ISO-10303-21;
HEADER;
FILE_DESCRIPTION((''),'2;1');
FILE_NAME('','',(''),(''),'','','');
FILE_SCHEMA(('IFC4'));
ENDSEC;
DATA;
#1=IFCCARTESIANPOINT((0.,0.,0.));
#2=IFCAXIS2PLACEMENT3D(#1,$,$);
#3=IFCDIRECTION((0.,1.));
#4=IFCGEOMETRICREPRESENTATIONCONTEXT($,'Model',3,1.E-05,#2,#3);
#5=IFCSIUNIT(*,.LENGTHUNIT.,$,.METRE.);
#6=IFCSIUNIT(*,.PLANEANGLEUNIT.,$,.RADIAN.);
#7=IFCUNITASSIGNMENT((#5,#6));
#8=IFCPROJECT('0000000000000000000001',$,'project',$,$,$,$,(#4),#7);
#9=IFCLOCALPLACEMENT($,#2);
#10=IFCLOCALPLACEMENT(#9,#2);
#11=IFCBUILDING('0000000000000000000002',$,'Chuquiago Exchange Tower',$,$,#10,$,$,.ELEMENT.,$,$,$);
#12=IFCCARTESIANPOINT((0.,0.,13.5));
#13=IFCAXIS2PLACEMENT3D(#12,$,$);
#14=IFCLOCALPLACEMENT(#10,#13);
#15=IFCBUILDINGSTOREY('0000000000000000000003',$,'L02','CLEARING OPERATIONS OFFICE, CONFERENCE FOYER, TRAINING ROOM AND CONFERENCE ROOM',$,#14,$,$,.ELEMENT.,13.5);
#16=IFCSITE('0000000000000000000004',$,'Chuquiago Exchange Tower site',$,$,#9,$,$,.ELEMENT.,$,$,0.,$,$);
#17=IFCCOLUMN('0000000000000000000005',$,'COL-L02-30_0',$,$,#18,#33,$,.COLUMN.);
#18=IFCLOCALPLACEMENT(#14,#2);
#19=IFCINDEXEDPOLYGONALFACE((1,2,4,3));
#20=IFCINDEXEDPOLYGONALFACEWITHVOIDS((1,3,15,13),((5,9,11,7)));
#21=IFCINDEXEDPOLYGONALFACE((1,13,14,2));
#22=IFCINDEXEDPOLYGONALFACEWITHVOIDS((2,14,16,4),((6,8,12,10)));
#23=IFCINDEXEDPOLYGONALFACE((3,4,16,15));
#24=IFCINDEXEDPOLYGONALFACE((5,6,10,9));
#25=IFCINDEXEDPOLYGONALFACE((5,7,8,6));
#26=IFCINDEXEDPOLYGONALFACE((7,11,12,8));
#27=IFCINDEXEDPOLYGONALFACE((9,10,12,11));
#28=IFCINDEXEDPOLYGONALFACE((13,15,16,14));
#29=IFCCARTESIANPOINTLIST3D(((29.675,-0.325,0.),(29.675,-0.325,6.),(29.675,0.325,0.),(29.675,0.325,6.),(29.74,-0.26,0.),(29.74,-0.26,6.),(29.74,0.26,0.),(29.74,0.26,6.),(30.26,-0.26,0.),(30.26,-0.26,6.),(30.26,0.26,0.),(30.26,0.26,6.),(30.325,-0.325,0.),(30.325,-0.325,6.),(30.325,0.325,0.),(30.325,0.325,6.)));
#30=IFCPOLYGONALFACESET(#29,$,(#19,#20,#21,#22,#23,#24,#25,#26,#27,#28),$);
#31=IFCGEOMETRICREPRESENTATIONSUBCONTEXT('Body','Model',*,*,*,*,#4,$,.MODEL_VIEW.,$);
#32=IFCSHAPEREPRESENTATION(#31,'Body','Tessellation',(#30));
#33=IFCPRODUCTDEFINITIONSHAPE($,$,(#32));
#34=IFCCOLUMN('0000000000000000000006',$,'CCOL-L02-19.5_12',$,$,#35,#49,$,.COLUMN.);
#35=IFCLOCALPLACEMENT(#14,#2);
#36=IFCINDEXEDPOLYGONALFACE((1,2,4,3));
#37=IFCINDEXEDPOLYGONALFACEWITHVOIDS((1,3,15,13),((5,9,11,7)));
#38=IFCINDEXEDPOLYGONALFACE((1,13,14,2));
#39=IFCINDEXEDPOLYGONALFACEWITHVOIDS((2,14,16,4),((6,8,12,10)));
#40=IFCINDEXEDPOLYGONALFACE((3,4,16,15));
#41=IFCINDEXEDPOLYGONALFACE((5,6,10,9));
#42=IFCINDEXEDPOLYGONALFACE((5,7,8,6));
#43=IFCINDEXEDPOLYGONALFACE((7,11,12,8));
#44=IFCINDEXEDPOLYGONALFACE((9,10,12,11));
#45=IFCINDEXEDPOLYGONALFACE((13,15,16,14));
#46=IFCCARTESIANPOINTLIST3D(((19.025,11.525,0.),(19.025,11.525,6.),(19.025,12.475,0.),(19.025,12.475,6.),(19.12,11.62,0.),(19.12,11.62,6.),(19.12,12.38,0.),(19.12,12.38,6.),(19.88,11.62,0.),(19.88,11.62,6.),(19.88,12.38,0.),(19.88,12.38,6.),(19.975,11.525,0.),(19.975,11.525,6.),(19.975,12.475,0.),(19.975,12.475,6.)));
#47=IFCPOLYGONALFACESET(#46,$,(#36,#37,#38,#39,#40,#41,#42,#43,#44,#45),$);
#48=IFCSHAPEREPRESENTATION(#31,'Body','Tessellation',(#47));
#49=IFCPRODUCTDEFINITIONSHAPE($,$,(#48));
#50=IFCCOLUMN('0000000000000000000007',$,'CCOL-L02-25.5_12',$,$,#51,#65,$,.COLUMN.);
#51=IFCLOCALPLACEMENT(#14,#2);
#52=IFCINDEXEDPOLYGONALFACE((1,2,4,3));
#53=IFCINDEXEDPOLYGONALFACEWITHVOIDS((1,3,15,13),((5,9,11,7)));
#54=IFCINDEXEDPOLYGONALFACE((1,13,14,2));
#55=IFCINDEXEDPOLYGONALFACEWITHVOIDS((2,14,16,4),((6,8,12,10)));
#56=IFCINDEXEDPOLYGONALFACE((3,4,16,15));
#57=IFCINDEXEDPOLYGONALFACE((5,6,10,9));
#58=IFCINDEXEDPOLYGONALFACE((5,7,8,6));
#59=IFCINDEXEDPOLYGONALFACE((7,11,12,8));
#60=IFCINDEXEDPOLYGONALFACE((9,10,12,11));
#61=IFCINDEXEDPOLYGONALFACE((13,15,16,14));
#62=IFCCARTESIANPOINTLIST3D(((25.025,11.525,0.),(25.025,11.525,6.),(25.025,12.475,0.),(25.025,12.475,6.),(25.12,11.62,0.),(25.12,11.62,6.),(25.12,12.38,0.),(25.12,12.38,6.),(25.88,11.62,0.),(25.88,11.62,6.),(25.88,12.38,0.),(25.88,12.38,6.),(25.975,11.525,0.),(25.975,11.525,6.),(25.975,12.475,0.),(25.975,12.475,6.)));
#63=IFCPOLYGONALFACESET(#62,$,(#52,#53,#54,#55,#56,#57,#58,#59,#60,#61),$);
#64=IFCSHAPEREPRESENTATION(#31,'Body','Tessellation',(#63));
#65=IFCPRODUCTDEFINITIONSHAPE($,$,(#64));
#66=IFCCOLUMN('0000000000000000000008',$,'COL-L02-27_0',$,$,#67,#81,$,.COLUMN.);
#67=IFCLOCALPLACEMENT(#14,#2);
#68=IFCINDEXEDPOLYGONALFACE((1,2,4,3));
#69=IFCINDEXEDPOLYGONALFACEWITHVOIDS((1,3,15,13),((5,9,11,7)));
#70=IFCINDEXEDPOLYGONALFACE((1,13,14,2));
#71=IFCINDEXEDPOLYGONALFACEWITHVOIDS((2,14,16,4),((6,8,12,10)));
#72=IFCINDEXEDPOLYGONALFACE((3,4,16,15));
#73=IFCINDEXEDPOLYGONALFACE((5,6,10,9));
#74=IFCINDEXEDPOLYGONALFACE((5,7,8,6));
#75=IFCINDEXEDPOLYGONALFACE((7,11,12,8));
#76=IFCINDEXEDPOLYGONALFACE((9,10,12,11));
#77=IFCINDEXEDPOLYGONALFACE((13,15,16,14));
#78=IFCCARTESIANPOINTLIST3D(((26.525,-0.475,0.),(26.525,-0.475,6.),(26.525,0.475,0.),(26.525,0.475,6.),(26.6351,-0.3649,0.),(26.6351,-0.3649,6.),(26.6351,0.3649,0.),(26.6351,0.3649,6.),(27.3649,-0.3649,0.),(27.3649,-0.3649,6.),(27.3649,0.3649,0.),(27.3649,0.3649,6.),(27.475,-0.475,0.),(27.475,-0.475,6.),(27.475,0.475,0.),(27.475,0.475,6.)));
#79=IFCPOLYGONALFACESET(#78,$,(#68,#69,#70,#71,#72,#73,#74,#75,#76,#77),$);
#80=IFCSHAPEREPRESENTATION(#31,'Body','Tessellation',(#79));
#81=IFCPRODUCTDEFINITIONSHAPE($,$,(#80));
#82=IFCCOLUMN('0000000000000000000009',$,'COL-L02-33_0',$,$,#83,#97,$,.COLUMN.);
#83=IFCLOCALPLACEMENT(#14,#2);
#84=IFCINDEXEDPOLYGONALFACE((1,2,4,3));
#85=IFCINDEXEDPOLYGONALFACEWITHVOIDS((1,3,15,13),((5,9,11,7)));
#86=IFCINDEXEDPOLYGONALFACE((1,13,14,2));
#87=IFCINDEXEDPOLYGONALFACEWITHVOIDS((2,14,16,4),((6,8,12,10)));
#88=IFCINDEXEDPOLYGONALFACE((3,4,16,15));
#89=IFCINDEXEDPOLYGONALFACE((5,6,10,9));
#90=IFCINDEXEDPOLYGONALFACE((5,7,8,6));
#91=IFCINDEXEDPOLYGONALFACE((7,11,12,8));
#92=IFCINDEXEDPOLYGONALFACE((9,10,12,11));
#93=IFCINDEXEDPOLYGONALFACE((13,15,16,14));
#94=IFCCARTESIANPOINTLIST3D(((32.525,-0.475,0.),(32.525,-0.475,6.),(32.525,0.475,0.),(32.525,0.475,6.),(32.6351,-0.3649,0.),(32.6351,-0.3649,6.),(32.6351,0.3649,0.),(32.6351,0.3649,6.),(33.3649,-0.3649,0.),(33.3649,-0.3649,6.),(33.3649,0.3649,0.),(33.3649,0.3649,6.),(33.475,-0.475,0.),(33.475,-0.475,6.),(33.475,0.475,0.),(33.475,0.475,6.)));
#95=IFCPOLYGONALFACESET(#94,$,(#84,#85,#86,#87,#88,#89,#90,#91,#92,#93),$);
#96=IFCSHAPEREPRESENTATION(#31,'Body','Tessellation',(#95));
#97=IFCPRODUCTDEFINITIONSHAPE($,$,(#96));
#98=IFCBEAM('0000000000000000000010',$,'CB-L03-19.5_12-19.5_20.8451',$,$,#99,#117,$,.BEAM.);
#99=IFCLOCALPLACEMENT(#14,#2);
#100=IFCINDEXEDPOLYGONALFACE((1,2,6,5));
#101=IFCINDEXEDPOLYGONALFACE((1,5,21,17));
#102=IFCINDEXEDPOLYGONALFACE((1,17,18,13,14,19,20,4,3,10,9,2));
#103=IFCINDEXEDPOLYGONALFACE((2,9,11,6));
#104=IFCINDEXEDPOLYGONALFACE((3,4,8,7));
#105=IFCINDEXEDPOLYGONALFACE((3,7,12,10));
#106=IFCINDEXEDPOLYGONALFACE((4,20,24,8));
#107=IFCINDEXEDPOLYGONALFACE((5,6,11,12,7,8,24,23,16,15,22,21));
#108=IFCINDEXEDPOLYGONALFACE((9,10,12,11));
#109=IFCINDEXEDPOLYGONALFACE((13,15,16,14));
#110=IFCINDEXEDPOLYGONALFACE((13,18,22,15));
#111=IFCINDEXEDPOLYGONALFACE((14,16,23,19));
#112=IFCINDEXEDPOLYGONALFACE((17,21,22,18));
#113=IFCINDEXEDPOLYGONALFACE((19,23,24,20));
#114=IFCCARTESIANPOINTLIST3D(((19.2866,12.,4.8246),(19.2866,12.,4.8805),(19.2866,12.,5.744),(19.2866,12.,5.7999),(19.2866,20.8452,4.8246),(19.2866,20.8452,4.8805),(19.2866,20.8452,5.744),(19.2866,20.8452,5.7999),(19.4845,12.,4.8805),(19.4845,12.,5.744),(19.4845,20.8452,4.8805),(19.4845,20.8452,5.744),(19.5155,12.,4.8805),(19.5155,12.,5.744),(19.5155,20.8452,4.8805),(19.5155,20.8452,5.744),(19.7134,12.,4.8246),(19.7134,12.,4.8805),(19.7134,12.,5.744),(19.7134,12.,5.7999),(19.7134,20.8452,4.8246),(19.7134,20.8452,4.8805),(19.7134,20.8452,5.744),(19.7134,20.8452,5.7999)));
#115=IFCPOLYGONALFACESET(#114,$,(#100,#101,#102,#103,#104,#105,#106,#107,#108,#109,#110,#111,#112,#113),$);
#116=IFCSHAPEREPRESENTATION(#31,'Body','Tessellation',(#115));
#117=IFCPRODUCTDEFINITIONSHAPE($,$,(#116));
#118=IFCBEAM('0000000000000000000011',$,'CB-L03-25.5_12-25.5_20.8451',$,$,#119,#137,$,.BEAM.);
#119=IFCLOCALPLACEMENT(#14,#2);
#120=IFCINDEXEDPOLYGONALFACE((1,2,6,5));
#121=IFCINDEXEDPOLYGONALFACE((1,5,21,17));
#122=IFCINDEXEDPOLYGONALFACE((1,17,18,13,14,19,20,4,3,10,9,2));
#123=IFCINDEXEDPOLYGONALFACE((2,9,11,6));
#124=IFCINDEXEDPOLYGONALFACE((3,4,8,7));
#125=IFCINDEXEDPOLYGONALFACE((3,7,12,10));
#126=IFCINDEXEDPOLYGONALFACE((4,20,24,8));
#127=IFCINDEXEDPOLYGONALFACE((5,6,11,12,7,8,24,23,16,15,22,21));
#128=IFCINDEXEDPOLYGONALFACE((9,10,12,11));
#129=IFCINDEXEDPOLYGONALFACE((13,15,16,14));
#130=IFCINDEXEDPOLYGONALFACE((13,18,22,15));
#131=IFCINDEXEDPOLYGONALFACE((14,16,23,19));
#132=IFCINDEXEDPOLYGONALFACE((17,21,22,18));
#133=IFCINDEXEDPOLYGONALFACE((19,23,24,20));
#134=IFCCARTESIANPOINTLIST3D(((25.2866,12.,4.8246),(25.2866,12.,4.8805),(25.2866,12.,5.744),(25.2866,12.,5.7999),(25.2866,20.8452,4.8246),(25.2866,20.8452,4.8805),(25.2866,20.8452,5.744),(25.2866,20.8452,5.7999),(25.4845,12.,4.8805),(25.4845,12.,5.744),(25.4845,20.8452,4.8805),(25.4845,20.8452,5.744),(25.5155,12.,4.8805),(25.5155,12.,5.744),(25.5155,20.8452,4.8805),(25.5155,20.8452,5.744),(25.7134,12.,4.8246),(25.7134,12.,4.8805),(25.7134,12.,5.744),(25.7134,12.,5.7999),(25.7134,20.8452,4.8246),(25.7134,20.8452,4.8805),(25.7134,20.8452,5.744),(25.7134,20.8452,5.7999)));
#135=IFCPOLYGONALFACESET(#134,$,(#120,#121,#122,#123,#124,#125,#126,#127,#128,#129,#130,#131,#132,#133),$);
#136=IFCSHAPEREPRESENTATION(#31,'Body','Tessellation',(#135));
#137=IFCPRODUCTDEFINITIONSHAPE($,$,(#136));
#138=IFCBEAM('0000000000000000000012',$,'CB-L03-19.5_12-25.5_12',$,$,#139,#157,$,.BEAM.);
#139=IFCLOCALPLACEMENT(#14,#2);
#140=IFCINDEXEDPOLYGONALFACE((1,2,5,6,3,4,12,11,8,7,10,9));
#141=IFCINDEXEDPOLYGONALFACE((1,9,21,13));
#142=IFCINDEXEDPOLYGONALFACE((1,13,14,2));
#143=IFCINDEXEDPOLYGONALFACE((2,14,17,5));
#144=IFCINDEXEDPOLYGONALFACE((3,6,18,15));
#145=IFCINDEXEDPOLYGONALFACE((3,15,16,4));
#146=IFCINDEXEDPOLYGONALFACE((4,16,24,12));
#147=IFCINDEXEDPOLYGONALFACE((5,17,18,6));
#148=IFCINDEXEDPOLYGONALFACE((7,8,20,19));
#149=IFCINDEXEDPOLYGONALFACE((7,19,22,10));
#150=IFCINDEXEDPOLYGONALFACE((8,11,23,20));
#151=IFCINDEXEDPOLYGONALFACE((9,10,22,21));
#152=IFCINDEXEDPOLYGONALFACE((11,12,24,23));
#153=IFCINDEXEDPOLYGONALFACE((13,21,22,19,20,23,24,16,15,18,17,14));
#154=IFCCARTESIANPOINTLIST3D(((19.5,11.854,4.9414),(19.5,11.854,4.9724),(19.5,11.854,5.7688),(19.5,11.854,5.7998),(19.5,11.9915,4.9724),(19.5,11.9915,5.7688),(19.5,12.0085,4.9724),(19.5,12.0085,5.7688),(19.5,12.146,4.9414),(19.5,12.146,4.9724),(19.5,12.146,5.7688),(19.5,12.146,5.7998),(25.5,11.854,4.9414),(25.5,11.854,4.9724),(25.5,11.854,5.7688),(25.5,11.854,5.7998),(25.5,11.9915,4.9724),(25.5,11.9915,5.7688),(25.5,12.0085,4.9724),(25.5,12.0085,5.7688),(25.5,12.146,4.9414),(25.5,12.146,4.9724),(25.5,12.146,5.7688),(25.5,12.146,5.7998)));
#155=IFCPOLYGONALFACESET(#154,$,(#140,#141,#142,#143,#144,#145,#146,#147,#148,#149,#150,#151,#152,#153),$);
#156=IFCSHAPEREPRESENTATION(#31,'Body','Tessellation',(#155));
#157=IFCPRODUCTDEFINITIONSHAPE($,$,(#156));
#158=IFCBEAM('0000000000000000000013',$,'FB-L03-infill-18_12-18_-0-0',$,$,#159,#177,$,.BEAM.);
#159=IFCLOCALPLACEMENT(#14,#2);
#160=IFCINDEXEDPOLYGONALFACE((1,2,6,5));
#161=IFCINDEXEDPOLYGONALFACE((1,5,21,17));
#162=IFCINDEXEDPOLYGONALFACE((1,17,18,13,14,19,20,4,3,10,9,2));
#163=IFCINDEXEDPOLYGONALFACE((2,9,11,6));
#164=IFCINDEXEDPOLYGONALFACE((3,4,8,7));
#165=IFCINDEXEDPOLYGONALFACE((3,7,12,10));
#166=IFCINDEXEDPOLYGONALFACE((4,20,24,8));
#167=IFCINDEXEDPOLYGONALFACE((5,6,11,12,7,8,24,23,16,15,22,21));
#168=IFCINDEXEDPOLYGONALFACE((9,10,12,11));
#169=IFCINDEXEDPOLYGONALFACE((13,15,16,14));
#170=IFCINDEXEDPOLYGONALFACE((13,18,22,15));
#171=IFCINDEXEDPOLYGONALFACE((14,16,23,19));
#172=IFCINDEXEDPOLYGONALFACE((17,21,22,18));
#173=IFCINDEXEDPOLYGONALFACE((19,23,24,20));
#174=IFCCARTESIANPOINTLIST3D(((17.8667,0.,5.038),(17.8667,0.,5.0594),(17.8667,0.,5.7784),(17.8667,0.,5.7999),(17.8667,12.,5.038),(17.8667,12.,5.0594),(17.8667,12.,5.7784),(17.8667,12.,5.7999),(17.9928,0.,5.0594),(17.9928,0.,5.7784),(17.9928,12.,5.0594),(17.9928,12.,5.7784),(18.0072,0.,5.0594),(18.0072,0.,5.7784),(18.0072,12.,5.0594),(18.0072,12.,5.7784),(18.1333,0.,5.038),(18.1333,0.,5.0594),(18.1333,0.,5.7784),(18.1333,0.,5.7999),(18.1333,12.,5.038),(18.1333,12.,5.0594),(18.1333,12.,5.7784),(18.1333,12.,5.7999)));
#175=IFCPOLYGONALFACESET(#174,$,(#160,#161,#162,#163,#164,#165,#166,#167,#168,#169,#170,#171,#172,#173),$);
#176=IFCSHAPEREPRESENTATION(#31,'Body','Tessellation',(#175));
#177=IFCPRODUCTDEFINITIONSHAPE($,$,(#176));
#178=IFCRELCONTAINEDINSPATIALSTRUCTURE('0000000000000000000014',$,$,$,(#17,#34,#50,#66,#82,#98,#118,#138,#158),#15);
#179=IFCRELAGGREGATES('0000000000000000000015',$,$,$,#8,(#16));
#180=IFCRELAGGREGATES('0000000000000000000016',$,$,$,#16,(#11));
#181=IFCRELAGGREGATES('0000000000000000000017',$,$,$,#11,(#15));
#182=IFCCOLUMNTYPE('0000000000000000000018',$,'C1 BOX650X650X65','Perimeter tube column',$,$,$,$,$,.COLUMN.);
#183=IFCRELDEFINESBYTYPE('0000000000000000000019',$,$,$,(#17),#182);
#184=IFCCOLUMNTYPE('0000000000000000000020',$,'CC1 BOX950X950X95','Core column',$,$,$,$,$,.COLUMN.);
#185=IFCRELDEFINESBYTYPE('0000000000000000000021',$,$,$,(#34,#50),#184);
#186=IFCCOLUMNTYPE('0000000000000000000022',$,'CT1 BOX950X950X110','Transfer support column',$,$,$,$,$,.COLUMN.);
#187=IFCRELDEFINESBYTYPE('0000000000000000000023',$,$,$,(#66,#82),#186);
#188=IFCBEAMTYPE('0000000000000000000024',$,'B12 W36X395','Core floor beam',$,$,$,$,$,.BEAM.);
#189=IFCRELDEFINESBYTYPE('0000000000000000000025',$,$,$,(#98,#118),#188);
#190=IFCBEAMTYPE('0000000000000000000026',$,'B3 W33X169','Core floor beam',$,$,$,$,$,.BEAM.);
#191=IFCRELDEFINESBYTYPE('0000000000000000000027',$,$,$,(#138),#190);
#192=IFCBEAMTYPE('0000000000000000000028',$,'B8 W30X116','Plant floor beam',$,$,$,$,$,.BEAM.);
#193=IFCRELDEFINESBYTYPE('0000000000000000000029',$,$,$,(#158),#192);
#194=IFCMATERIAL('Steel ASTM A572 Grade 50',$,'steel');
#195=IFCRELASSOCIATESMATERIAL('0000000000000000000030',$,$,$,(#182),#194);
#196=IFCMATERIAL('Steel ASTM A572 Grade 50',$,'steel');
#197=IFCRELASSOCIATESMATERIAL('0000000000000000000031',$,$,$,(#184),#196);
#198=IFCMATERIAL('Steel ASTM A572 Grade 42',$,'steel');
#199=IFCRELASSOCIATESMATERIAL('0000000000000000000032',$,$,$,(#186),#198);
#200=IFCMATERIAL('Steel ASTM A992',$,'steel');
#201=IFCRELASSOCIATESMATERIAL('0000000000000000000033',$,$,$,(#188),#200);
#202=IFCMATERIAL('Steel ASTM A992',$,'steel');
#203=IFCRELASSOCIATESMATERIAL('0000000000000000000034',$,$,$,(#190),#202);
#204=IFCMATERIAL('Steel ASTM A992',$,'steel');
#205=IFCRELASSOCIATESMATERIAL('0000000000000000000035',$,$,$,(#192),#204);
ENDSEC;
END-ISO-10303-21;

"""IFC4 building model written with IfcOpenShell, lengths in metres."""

from ifc_helpers import new_model, si_unit, direction, frame, origin, origin_2d, place, context, subcontext, project, spatial, hollow_rectangle, i_section, extrude, material, material_profile, profile_set, type_object, element, save


model = new_model("IFC4")

# Units and contexts
model_context = context("Model", 3, precision=1e-05, world=origin(), true_north=direction((0.0, 1.0)))
body_context = subcontext(model_context, "Body", "Model", "MODEL_VIEW")
ifc_project = project(units=[si_unit("LENGTHUNIT", "METRE"), si_unit("PLANEANGLEUNIT", "RADIAN")], contexts=[model_context])

# Site, building, storey
site_placement = place(None, origin())
site = spatial("IfcSite", under=ifc_project, at=site_placement, Name="Chuquiago Exchange Tower site", CompositionType="ELEMENT", RefElevation=0.0)
building_placement = place(site_placement, origin())
building = spatial("IfcBuilding", under=site, at=building_placement, Name="Chuquiago Exchange Tower", CompositionType="ELEMENT")
storey_placement = place(building_placement, frame((0.0, 0.0, 13.5)))
storey = spatial("IfcBuildingStorey", under=building, at=storey_placement, Name="L02", Description="CLEARING OPERATIONS OFFICE, CONFERENCE FOYER, TRAINING ROOM AND CONFERENCE ROOM", CompositionType="ELEMENT", Elevation=13.5)

# Columns
ifc_material_1 = material(Name="Steel ASTM A572 Grade 50", Category="steel")
ifc_material_profile_1 = material_profile(ifc_material_1, hollow_rectangle(XDim=0.6499, YDim=0.6499, WallThickness=0.0649, at=origin_2d()), Name="BOX650X650X65")
ifc_profile_set_1 = profile_set([ifc_material_profile_1], Name="Steel ASTM A572 Grade 50")
column_type_1 = type_object("IfcColumnType", Name="C1 BOX650X650X65", Description="Perimeter tube column", PredefinedType="COLUMN", material=ifc_profile_set_1)
column_placement = place(storey_placement, frame((30.0, 0.0, 0.0), z_axis=(0.0, 0.0, 1.0), x_axis=(0.0, -1.0, 0.0)))
element("IfcColumn", 1, at=column_placement, inside=storey, type_object=column_type_1, Name="COL-L02-30_0", PredefinedType="COLUMN", context=body_context, shape_type="SweptSolid", body=[
    extrude(hollow_rectangle(XDim=0.6499, YDim=0.6499, WallThickness=0.0649, at=origin_2d()), origin(), (0.0, 0.0, 1.0), 6.0),
])
ifc_material_2 = material(Name="Steel ASTM A572 Grade 50", Category="steel")
ifc_material_profile_2 = material_profile(ifc_material_2, hollow_rectangle(XDim=0.95, YDim=0.95, WallThickness=0.095, at=origin_2d()), Name="BOX950X950X95")
ifc_profile_set_2 = profile_set([ifc_material_profile_2], Name="Steel ASTM A572 Grade 50")
column_type_2 = type_object("IfcColumnType", Name="CC1 BOX950X950X95", Description="Core column", PredefinedType="COLUMN", material=ifc_profile_set_2)
for number, where, z_axis, x_axis, name in (
    (2, (19.5, 12.0, 0.0), (0.0, 0.0, 1.0), (1.0, 0.0, 0.0), "CCOL-L02-19.5_12"),
    (3, (25.5, 12.0, 0.0), (0.0, 0.0, 1.0), (1.0, 0.0, 0.0), "CCOL-L02-25.5_12"),
):
    element("IfcColumn", number, at=place(storey_placement, frame(where, z_axis=z_axis, x_axis=x_axis)), inside=storey, type_object=column_type_2, Name=name, PredefinedType="COLUMN", context=body_context, shape_type="SweptSolid", body=[
        extrude(hollow_rectangle(XDim=0.95, YDim=0.95, WallThickness=0.095, at=origin_2d()), origin(), (0.0, 0.0, 1.0), 6.0),
    ])
ifc_material_3 = material(Name="Steel ASTM A572 Grade 42", Category="steel")
ifc_material_profile_3 = material_profile(ifc_material_3, hollow_rectangle(XDim=0.95, YDim=0.95, WallThickness=0.1101, at=origin_2d()), Name="BOX950X950X110")
ifc_profile_set_3 = profile_set([ifc_material_profile_3], Name="Steel ASTM A572 Grade 42")
column_type_3 = type_object("IfcColumnType", Name="CT1 BOX950X950X110", Description="Transfer support column", PredefinedType="COLUMN", material=ifc_profile_set_3)
for number, where, z_axis, x_axis, name in (
    (4, (27.0, 0.0, 0.0), (0.0, 0.0, 1.0), (0.0, -1.0, 0.0), "COL-L02-27_0"),
    (5, (33.0, 0.0, 0.0), (0.0, 0.0, 1.0), (0.0, -1.0, 0.0), "COL-L02-33_0"),
):
    element("IfcColumn", number, at=place(storey_placement, frame(where, z_axis=z_axis, x_axis=x_axis)), inside=storey, type_object=column_type_3, Name=name, PredefinedType="COLUMN", context=body_context, shape_type="SweptSolid", body=[
        extrude(hollow_rectangle(XDim=0.95, YDim=0.95, WallThickness=0.1101, at=origin_2d()), origin(), (0.0, 0.0, 1.0), 6.0),
    ])

# Beams
ifc_material_4 = material(Name="Steel ASTM A992", Category="steel")
ifc_material_profile_4 = material_profile(ifc_material_4, i_section(OverallWidth=0.4268, OverallDepth=0.9753, WebThickness=0.031, FlangeThickness=0.0559, at=origin_2d()), Name="W36X395")
ifc_profile_set_4 = profile_set([ifc_material_profile_4], Name="Steel ASTM A992")
beam_type_1 = type_object("IfcBeamType", Name="B12 W36X395", Description="Core floor beam", PredefinedType="BEAM", material=ifc_profile_set_4)
for number, where, z_axis, x_axis, name in (
    (6, (19.5, 12.0, 5.3123), (0.0, 1.0, 0.0), (-1.0, 0.0, 0.0), "CB-L03-19.5_12-19.5_20.8451"),
    (7, (25.5, 12.0, 5.3123), (0.0, 1.0, 0.0), (-1.0, 0.0, 0.0), "CB-L03-25.5_12-25.5_20.8451"),
):
    element("IfcBeam", number, at=place(storey_placement, frame(where, z_axis=z_axis, x_axis=x_axis)), inside=storey, type_object=beam_type_1, Name=name, PredefinedType="BEAM", context=body_context, shape_type="SweptSolid", body=[
        extrude(i_section(OverallWidth=0.4268, OverallDepth=0.9753, WebThickness=0.031, FlangeThickness=0.0559, at=origin_2d()), origin(), (0.0, 0.0, 1.0), 8.8452),
    ])
ifc_material_5 = material(Name="Steel ASTM A992", Category="steel")
ifc_material_profile_5 = material_profile(ifc_material_5, i_section(OverallWidth=0.292, OverallDepth=0.8584, WebThickness=0.0171, FlangeThickness=0.031, at=origin_2d()), Name="W33X169")
ifc_profile_set_5 = profile_set([ifc_material_profile_5], Name="Steel ASTM A992")
beam_type_2 = type_object("IfcBeamType", Name="B3 W33X169", Description="Core floor beam", PredefinedType="BEAM", material=ifc_profile_set_5)
beam_1_placement = place(storey_placement, frame((19.5, 12.0, 5.3706), z_axis=(1.0, 0.0, 0.0), x_axis=(0.0, 1.0, 0.0)))
element("IfcBeam", 8, at=beam_1_placement, inside=storey, type_object=beam_type_2, Name="CB-L03-19.5_12-25.5_12", PredefinedType="BEAM", context=body_context, shape_type="SweptSolid", body=[
    extrude(i_section(OverallWidth=0.292, OverallDepth=0.8584, WebThickness=0.0171, FlangeThickness=0.031, at=origin_2d()), origin(), (0.0, 0.0, 1.0), 6.0),
])
ifc_material_6 = material(Name="Steel ASTM A992", Category="steel")
ifc_material_profile_6 = material_profile(ifc_material_6, i_section(OverallWidth=0.2666, OverallDepth=0.762, WebThickness=0.0144, FlangeThickness=0.0215, at=origin_2d()), Name="W30X116")
ifc_profile_set_6 = profile_set([ifc_material_profile_6], Name="Steel ASTM A992")
beam_type_3 = type_object("IfcBeamType", Name="B8 W30X116", Description="Plant floor beam", PredefinedType="BEAM", material=ifc_profile_set_6)
for number, where, z_axis, x_axis, name in (
    (9, (18.0, 12.0, 5.4189), (0.0, -1.0, 0.0), (1.0, 0.0, 0.0), "FB-L03-infill-18_12-18_-0-0"),
):
    element("IfcBeam", number, at=place(storey_placement, frame(where, z_axis=z_axis, x_axis=x_axis)), inside=storey, type_object=beam_type_3, Name=name, PredefinedType="BEAM", context=body_context, shape_type="SweptSolid", body=[
        extrude(i_section(OverallWidth=0.2666, OverallDepth=0.762, WebThickness=0.0144, FlangeThickness=0.0215, at=origin_2d()), origin(), (0.0, 0.0, 1.0), 12.0),
    ])

save(model, "model.ifc")
